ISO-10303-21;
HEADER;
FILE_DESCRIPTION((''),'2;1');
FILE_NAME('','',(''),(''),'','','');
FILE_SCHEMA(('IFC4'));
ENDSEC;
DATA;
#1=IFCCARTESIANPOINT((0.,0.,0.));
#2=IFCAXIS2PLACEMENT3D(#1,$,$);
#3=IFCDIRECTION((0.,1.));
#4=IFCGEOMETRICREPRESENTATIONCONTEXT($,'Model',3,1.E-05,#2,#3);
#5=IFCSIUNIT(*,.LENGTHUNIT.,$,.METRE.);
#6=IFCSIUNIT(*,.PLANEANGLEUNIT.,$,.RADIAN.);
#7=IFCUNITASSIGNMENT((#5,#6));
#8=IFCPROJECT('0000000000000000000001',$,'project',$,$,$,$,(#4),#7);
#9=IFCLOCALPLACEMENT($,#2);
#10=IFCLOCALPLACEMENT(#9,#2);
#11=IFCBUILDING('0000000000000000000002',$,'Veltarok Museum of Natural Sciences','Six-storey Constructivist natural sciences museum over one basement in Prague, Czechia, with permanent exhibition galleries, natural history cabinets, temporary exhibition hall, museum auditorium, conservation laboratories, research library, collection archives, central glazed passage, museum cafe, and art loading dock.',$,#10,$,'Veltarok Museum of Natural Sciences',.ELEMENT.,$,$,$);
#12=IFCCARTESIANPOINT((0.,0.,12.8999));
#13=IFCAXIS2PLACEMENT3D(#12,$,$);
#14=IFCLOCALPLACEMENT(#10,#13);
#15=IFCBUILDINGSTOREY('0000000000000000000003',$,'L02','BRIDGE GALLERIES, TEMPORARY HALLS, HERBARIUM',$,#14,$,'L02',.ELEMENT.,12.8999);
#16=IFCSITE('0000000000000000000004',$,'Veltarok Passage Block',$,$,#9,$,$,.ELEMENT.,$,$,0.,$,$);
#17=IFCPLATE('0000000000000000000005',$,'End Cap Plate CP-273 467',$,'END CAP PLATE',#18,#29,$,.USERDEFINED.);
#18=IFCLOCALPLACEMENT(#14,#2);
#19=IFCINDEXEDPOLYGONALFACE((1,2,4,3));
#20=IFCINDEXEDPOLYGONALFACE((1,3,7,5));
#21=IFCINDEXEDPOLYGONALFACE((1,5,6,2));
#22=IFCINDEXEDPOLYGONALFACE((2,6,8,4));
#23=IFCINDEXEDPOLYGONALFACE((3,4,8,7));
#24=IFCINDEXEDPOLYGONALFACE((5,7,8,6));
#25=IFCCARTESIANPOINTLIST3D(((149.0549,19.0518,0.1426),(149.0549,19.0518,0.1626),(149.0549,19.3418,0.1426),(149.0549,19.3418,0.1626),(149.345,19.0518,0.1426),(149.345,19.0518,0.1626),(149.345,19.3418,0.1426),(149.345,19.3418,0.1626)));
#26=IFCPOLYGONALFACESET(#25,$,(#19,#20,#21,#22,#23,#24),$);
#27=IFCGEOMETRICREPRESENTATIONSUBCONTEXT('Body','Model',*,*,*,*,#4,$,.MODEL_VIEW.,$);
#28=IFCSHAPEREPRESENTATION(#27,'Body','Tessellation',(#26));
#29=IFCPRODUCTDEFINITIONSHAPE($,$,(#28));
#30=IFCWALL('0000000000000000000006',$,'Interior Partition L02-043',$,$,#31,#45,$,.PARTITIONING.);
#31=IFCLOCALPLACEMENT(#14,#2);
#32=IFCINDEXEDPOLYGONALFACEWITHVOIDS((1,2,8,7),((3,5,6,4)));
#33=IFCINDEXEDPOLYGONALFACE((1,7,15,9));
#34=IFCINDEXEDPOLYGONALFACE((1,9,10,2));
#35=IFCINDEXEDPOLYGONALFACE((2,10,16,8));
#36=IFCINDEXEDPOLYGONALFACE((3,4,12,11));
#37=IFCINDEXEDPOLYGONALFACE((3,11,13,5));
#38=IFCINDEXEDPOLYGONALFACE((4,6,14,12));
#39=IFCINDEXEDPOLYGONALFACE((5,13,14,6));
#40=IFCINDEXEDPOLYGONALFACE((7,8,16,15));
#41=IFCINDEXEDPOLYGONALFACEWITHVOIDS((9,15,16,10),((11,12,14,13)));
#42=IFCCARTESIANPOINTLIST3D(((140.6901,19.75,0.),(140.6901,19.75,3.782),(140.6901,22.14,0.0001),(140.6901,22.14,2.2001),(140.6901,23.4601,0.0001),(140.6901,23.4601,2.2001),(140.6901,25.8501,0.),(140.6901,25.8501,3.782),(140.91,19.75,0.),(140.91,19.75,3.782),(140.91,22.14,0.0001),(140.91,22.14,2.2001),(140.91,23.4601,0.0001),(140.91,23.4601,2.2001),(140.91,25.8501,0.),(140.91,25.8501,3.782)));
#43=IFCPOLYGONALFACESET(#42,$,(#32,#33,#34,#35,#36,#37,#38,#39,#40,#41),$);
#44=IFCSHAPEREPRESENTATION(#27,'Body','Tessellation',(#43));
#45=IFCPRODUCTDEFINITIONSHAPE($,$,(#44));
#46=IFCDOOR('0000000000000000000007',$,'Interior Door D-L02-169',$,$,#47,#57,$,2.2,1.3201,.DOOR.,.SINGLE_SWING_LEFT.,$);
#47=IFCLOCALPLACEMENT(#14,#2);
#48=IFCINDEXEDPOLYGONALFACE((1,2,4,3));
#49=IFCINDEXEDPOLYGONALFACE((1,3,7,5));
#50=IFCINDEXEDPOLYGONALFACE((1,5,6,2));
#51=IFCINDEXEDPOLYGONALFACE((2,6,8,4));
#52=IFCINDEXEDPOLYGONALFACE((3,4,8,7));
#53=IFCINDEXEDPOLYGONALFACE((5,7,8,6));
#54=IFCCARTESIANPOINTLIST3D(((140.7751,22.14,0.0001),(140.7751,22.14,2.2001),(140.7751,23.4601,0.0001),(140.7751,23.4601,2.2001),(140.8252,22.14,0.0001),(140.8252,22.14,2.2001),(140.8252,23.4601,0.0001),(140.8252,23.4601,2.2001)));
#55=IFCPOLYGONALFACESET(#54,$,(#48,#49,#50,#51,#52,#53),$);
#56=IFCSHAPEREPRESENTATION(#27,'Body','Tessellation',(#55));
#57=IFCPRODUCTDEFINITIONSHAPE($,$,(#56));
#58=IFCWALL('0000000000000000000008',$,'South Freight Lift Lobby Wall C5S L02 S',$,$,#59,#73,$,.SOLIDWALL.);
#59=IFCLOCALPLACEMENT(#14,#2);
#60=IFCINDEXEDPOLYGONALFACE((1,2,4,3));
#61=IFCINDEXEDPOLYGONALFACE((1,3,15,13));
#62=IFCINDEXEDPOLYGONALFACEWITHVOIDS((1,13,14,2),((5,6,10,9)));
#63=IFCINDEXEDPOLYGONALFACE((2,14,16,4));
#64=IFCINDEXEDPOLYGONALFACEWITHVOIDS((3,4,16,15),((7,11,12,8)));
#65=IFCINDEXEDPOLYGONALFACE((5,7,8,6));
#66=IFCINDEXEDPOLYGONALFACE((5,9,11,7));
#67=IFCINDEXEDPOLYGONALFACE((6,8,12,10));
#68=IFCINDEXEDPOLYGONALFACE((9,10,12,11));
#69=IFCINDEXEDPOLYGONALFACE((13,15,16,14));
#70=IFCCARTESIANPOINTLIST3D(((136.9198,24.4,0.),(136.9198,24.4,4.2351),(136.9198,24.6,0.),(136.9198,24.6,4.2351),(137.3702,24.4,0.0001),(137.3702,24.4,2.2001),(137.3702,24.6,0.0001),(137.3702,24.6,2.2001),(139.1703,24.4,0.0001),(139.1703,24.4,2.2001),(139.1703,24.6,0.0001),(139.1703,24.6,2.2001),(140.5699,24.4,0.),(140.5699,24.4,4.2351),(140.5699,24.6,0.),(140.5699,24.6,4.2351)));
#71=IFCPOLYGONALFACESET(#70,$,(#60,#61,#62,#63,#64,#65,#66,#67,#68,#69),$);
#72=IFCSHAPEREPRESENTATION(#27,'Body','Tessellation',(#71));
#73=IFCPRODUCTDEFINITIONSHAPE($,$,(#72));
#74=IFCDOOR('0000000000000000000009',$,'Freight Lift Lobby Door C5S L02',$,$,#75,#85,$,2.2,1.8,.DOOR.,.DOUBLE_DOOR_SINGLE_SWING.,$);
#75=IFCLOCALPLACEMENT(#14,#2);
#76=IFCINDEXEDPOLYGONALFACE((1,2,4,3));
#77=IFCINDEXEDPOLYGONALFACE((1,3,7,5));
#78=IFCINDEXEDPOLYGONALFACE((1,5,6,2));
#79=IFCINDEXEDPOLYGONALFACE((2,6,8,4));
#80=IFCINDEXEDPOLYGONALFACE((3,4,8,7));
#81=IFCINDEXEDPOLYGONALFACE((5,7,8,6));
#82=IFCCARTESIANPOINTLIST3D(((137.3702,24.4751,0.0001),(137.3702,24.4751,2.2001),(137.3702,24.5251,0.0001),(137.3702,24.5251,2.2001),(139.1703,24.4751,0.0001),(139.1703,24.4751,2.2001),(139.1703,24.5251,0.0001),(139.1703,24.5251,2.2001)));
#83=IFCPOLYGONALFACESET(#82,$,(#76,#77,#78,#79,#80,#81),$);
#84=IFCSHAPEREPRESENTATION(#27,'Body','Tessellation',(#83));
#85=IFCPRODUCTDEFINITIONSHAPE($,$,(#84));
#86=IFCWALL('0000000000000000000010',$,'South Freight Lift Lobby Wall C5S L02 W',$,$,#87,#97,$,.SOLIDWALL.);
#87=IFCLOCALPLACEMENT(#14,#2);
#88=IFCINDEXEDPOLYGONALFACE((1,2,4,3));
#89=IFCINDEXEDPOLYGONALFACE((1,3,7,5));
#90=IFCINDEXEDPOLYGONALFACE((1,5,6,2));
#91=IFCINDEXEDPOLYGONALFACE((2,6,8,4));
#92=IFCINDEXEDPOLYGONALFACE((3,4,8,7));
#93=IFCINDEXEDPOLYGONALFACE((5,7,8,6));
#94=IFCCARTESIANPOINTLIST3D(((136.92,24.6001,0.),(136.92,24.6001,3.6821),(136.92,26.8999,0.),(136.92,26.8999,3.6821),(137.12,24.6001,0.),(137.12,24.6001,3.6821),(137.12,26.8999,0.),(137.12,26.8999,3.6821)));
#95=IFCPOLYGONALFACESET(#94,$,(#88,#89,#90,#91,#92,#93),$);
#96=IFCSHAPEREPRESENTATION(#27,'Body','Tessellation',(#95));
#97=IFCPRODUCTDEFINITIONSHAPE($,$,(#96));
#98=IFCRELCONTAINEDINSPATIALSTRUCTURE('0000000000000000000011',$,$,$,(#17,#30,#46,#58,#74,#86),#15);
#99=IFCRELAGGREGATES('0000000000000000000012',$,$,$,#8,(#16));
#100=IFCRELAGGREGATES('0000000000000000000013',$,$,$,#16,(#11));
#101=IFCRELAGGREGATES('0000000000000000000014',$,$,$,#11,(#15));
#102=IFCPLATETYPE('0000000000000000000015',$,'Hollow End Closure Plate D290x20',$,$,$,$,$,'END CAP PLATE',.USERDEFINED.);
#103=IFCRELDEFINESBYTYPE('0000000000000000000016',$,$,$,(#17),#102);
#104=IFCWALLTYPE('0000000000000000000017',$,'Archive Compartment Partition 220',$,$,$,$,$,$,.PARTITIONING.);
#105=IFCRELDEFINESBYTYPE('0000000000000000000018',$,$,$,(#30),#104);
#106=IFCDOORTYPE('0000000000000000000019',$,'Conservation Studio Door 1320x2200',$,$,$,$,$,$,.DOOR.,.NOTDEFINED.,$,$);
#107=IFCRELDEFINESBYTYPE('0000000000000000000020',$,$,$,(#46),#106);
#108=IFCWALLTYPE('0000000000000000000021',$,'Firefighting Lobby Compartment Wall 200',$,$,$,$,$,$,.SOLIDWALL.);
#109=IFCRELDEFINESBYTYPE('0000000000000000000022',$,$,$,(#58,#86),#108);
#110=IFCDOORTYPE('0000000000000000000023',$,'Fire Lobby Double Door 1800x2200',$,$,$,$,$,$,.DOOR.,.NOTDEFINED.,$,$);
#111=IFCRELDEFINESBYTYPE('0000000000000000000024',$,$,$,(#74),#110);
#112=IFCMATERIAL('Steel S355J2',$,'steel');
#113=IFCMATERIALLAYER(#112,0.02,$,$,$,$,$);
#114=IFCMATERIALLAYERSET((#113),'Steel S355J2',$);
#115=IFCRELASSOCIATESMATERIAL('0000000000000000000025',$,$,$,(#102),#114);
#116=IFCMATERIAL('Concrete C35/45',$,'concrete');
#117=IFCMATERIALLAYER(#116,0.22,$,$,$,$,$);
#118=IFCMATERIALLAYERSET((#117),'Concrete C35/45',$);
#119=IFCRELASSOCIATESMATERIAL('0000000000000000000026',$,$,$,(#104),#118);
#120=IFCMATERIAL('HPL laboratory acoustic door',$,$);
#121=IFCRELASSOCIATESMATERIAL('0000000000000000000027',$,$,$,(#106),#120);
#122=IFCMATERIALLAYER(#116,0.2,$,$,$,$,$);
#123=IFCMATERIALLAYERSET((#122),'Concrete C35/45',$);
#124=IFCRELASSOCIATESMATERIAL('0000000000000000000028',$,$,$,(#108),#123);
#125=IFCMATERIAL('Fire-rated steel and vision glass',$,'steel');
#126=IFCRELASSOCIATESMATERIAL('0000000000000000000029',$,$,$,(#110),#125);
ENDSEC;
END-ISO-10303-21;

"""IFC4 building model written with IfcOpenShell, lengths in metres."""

from ifc_helpers import new_model, si_unit, direction, frame, frame_2d, origin, origin_2d, place, context, subcontext, project, spatial, rectangle, extrude, material, layer, layer_set, type_object, element, fill, save


model = new_model("IFC4")

# Units and contexts
model_context = context("Model", 3, precision=1e-05, world=origin(), true_north=direction((0.0, 1.0)))
body_context = subcontext(model_context, "Body", "Model", "MODEL_VIEW")
ifc_project = project(units=[si_unit("LENGTHUNIT", "METRE"), si_unit("PLANEANGLEUNIT", "RADIAN")], contexts=[model_context])

# Site, building, storey
site_placement = place(None, origin())
site = spatial("IfcSite", under=ifc_project, at=site_placement, Name="Veltarok Passage Block", CompositionType="ELEMENT", RefElevation=0.0)
building_placement = place(site_placement, origin())
building = spatial("IfcBuilding", under=site, at=building_placement, Name="Veltarok Museum of Natural Sciences", Description="Six-storey Constructivist natural sciences museum over one basement in Prague, Czechia, with permanent exhibition galleries, natural history cabinets, temporary exhibition hall, museum auditorium, conservation laboratories, research library, collection archives, central glazed passage, museum cafe, and art loading dock.", LongName="Veltarok Museum of Natural Sciences", CompositionType="ELEMENT")
storey_placement = place(building_placement, frame((0.0, 0.0, 12.8999)))
storey = spatial("IfcBuildingStorey", under=building, at=storey_placement, Name="L02", Description="BRIDGE GALLERIES, TEMPORARY HALLS, HERBARIUM", LongName="L02", CompositionType="ELEMENT", Elevation=12.8999)

# Shared definitions
ifc_material_1 = material(Name="Steel S355J2", Category="steel")

# Plate
ifc_layer_1 = layer(ifc_material_1, 0.02)
ifc_layer_set_1 = layer_set([ifc_layer_1], Name="Steel S355J2")
plate_type = type_object("IfcPlateType", Name="Hollow End Closure Plate D290x20", ElementType="END CAP PLATE", PredefinedType="USERDEFINED", material=ifc_layer_set_1)
plate_placement = place(storey_placement, frame((149.2, 19.1968, 0.1426), z_axis=(0.0, 0.0, 1.0), x_axis=(0.0, 1.0, 0.0)))
element("IfcPlate", 1, at=plate_placement, inside=storey, type_object=plate_type, Name="End Cap Plate CP-273 467", ObjectType="END CAP PLATE", PredefinedType="USERDEFINED", context=body_context, shape_type="SweptSolid", body=[
    extrude(rectangle(XDim=0.29, YDim=0.29, at=origin_2d()), origin(), (0.0, 0.0, 1.0), 0.02),
])

# Walls, openings, doors
ifc_material_2 = material(Name="Concrete C35/45", Category="concrete")
ifc_layer_2 = layer(ifc_material_2, 0.22)
ifc_layer_set_2 = layer_set([ifc_layer_2], Name="Concrete C35/45")
wall_type_1 = type_object("IfcWallType", Name="Archive Compartment Partition 220", PredefinedType="PARTITIONING", material=ifc_layer_set_2)
wall_1_placement = place(storey_placement, frame((140.8, 19.75, 0.0), z_axis=(0.0, 0.0, 1.0), x_axis=(0.0, 1.0, 0.0)))
wall_1 = element("IfcWall", 2, at=wall_1_placement, inside=storey, type_object=wall_type_1, Name="Interior Partition L02-043", PredefinedType="PARTITIONING", context=body_context, shape_type="SweptSolid", body=[
    extrude(rectangle(XDim=6.1001, YDim=0.22, at=frame_2d((3.05, 0.0))), origin(), (0.0, 0.0, 1.0), 3.782),
])
opening_1_placement = place(wall_1_placement, frame((2.3899, 0.0, 0.0)))
opening_1 = element("IfcOpeningElement", 3, at=opening_1_placement, cuts=wall_1, PredefinedType="OPENING", context=body_context, shape_type="SweptSolid", body=[
    extrude(rectangle(XDim=1.3201, YDim=2.2, at=frame_2d((0.6602, 1.1001))), frame((0.0, 0.1201, 0.0), z_axis=(0.0, -1.0, 0.0), x_axis=(1.0, 0.0, 0.0)), (0.0, 0.0, 1.0), 0.24),
])
ifc_material_3 = material(Name="HPL laboratory acoustic door")
door_type_1 = type_object("IfcDoorType", Name="Conservation Studio Door 1320x2200", OperationType="NOTDEFINED", PredefinedType="DOOR", material=ifc_material_3)
door_1_placement = place(opening_1_placement, origin())
door_1 = element("IfcDoor", 4, at=door_1_placement, inside=storey, type_object=door_type_1, Name="Interior Door D-L02-169", OperationType="SINGLE_SWING_LEFT", OverallHeight=2.2, OverallWidth=1.3201, PredefinedType="DOOR", context=body_context, shape_type="SweptSolid", body=[
    extrude(rectangle(XDim=1.3201, YDim=2.2, at=frame_2d((0.6602, 1.1001))), frame((0.0, 0.0249, 0.0), z_axis=(0.0, -1.0, 0.0), x_axis=(1.0, 0.0, 0.0)), (0.0, 0.0, 1.0), 0.05),
])
fill(opening_1, door_1)
ifc_layer_3 = layer(ifc_material_2, 0.2)
ifc_layer_set_3 = layer_set([ifc_layer_3], Name="Concrete C35/45")
wall_type_2 = type_object("IfcWallType", Name="Firefighting Lobby Compartment Wall 200", PredefinedType="SOLIDWALL", material=ifc_layer_set_3)
wall_2_placement = place(storey_placement, frame((140.5701, 24.5, 0.0), z_axis=(0.0, 0.0, 1.0), x_axis=(-1.0, 0.0, 0.0)))
wall_2 = element("IfcWall", 5, at=wall_2_placement, inside=storey, type_object=wall_type_2, Name="South Freight Lift Lobby Wall C5S L02 S", PredefinedType="SOLIDWALL", context=body_context, shape_type="SweptSolid", body=[
    extrude(rectangle(XDim=3.6501, YDim=0.2, at=frame_2d((1.8252, 0.0))), origin(), (0.0, 0.0, 1.0), 4.2351),
])
opening_2_placement = place(wall_2_placement, frame((1.3999, 0.0, 0.0)))
opening_2 = element("IfcOpeningElement", 6, at=opening_2_placement, cuts=wall_2, PredefinedType="OPENING", context=body_context, shape_type="SweptSolid", body=[
    extrude(rectangle(XDim=1.8, YDim=2.2, at=frame_2d((0.8999, 1.1001))), frame((0.0, 0.1099, 0.0), z_axis=(0.0, -1.0, 0.0), x_axis=(1.0, 0.0, 0.0)), (0.0, 0.0, 1.0), 0.22),
])
ifc_material_4 = material(Name="Fire-rated steel and vision glass", Category="steel")
door_type_2 = type_object("IfcDoorType", Name="Fire Lobby Double Door 1800x2200", OperationType="NOTDEFINED", PredefinedType="DOOR", material=ifc_material_4)
door_2_placement = place(opening_2_placement, origin())
door_2 = element("IfcDoor", 7, at=door_2_placement, inside=storey, type_object=door_type_2, Name="Freight Lift Lobby Door C5S L02", OperationType="DOUBLE_DOOR_SINGLE_SWING", OverallHeight=2.2, OverallWidth=1.8, PredefinedType="DOOR", context=body_context, shape_type="SweptSolid", body=[
    extrude(rectangle(XDim=1.8, YDim=2.2, at=frame_2d((0.8999, 1.1001))), frame((0.0, 0.0249, 0.0), z_axis=(0.0, -1.0, 0.0), x_axis=(1.0, 0.0, 0.0)), (0.0, 0.0, 1.0), 0.05),
])
fill(opening_2, door_2)

# Wall
wall_3_placement = place(storey_placement, frame((137.02, 24.6001, 0.0), z_axis=(0.0, 0.0, 1.0), x_axis=(0.0, 1.0, 0.0)))
element("IfcWall", 8, at=wall_3_placement, inside=storey, type_object=wall_type_2, Name="South Freight Lift Lobby Wall C5S L02 W", PredefinedType="SOLIDWALL", context=body_context, shape_type="SweptSolid", body=[
    extrude(rectangle(XDim=2.2998, YDim=0.2, at=frame_2d((1.1499, 0.0))), origin(), (0.0, 0.0, 1.0), 3.6821),
])

save(model, "model.ifc")
